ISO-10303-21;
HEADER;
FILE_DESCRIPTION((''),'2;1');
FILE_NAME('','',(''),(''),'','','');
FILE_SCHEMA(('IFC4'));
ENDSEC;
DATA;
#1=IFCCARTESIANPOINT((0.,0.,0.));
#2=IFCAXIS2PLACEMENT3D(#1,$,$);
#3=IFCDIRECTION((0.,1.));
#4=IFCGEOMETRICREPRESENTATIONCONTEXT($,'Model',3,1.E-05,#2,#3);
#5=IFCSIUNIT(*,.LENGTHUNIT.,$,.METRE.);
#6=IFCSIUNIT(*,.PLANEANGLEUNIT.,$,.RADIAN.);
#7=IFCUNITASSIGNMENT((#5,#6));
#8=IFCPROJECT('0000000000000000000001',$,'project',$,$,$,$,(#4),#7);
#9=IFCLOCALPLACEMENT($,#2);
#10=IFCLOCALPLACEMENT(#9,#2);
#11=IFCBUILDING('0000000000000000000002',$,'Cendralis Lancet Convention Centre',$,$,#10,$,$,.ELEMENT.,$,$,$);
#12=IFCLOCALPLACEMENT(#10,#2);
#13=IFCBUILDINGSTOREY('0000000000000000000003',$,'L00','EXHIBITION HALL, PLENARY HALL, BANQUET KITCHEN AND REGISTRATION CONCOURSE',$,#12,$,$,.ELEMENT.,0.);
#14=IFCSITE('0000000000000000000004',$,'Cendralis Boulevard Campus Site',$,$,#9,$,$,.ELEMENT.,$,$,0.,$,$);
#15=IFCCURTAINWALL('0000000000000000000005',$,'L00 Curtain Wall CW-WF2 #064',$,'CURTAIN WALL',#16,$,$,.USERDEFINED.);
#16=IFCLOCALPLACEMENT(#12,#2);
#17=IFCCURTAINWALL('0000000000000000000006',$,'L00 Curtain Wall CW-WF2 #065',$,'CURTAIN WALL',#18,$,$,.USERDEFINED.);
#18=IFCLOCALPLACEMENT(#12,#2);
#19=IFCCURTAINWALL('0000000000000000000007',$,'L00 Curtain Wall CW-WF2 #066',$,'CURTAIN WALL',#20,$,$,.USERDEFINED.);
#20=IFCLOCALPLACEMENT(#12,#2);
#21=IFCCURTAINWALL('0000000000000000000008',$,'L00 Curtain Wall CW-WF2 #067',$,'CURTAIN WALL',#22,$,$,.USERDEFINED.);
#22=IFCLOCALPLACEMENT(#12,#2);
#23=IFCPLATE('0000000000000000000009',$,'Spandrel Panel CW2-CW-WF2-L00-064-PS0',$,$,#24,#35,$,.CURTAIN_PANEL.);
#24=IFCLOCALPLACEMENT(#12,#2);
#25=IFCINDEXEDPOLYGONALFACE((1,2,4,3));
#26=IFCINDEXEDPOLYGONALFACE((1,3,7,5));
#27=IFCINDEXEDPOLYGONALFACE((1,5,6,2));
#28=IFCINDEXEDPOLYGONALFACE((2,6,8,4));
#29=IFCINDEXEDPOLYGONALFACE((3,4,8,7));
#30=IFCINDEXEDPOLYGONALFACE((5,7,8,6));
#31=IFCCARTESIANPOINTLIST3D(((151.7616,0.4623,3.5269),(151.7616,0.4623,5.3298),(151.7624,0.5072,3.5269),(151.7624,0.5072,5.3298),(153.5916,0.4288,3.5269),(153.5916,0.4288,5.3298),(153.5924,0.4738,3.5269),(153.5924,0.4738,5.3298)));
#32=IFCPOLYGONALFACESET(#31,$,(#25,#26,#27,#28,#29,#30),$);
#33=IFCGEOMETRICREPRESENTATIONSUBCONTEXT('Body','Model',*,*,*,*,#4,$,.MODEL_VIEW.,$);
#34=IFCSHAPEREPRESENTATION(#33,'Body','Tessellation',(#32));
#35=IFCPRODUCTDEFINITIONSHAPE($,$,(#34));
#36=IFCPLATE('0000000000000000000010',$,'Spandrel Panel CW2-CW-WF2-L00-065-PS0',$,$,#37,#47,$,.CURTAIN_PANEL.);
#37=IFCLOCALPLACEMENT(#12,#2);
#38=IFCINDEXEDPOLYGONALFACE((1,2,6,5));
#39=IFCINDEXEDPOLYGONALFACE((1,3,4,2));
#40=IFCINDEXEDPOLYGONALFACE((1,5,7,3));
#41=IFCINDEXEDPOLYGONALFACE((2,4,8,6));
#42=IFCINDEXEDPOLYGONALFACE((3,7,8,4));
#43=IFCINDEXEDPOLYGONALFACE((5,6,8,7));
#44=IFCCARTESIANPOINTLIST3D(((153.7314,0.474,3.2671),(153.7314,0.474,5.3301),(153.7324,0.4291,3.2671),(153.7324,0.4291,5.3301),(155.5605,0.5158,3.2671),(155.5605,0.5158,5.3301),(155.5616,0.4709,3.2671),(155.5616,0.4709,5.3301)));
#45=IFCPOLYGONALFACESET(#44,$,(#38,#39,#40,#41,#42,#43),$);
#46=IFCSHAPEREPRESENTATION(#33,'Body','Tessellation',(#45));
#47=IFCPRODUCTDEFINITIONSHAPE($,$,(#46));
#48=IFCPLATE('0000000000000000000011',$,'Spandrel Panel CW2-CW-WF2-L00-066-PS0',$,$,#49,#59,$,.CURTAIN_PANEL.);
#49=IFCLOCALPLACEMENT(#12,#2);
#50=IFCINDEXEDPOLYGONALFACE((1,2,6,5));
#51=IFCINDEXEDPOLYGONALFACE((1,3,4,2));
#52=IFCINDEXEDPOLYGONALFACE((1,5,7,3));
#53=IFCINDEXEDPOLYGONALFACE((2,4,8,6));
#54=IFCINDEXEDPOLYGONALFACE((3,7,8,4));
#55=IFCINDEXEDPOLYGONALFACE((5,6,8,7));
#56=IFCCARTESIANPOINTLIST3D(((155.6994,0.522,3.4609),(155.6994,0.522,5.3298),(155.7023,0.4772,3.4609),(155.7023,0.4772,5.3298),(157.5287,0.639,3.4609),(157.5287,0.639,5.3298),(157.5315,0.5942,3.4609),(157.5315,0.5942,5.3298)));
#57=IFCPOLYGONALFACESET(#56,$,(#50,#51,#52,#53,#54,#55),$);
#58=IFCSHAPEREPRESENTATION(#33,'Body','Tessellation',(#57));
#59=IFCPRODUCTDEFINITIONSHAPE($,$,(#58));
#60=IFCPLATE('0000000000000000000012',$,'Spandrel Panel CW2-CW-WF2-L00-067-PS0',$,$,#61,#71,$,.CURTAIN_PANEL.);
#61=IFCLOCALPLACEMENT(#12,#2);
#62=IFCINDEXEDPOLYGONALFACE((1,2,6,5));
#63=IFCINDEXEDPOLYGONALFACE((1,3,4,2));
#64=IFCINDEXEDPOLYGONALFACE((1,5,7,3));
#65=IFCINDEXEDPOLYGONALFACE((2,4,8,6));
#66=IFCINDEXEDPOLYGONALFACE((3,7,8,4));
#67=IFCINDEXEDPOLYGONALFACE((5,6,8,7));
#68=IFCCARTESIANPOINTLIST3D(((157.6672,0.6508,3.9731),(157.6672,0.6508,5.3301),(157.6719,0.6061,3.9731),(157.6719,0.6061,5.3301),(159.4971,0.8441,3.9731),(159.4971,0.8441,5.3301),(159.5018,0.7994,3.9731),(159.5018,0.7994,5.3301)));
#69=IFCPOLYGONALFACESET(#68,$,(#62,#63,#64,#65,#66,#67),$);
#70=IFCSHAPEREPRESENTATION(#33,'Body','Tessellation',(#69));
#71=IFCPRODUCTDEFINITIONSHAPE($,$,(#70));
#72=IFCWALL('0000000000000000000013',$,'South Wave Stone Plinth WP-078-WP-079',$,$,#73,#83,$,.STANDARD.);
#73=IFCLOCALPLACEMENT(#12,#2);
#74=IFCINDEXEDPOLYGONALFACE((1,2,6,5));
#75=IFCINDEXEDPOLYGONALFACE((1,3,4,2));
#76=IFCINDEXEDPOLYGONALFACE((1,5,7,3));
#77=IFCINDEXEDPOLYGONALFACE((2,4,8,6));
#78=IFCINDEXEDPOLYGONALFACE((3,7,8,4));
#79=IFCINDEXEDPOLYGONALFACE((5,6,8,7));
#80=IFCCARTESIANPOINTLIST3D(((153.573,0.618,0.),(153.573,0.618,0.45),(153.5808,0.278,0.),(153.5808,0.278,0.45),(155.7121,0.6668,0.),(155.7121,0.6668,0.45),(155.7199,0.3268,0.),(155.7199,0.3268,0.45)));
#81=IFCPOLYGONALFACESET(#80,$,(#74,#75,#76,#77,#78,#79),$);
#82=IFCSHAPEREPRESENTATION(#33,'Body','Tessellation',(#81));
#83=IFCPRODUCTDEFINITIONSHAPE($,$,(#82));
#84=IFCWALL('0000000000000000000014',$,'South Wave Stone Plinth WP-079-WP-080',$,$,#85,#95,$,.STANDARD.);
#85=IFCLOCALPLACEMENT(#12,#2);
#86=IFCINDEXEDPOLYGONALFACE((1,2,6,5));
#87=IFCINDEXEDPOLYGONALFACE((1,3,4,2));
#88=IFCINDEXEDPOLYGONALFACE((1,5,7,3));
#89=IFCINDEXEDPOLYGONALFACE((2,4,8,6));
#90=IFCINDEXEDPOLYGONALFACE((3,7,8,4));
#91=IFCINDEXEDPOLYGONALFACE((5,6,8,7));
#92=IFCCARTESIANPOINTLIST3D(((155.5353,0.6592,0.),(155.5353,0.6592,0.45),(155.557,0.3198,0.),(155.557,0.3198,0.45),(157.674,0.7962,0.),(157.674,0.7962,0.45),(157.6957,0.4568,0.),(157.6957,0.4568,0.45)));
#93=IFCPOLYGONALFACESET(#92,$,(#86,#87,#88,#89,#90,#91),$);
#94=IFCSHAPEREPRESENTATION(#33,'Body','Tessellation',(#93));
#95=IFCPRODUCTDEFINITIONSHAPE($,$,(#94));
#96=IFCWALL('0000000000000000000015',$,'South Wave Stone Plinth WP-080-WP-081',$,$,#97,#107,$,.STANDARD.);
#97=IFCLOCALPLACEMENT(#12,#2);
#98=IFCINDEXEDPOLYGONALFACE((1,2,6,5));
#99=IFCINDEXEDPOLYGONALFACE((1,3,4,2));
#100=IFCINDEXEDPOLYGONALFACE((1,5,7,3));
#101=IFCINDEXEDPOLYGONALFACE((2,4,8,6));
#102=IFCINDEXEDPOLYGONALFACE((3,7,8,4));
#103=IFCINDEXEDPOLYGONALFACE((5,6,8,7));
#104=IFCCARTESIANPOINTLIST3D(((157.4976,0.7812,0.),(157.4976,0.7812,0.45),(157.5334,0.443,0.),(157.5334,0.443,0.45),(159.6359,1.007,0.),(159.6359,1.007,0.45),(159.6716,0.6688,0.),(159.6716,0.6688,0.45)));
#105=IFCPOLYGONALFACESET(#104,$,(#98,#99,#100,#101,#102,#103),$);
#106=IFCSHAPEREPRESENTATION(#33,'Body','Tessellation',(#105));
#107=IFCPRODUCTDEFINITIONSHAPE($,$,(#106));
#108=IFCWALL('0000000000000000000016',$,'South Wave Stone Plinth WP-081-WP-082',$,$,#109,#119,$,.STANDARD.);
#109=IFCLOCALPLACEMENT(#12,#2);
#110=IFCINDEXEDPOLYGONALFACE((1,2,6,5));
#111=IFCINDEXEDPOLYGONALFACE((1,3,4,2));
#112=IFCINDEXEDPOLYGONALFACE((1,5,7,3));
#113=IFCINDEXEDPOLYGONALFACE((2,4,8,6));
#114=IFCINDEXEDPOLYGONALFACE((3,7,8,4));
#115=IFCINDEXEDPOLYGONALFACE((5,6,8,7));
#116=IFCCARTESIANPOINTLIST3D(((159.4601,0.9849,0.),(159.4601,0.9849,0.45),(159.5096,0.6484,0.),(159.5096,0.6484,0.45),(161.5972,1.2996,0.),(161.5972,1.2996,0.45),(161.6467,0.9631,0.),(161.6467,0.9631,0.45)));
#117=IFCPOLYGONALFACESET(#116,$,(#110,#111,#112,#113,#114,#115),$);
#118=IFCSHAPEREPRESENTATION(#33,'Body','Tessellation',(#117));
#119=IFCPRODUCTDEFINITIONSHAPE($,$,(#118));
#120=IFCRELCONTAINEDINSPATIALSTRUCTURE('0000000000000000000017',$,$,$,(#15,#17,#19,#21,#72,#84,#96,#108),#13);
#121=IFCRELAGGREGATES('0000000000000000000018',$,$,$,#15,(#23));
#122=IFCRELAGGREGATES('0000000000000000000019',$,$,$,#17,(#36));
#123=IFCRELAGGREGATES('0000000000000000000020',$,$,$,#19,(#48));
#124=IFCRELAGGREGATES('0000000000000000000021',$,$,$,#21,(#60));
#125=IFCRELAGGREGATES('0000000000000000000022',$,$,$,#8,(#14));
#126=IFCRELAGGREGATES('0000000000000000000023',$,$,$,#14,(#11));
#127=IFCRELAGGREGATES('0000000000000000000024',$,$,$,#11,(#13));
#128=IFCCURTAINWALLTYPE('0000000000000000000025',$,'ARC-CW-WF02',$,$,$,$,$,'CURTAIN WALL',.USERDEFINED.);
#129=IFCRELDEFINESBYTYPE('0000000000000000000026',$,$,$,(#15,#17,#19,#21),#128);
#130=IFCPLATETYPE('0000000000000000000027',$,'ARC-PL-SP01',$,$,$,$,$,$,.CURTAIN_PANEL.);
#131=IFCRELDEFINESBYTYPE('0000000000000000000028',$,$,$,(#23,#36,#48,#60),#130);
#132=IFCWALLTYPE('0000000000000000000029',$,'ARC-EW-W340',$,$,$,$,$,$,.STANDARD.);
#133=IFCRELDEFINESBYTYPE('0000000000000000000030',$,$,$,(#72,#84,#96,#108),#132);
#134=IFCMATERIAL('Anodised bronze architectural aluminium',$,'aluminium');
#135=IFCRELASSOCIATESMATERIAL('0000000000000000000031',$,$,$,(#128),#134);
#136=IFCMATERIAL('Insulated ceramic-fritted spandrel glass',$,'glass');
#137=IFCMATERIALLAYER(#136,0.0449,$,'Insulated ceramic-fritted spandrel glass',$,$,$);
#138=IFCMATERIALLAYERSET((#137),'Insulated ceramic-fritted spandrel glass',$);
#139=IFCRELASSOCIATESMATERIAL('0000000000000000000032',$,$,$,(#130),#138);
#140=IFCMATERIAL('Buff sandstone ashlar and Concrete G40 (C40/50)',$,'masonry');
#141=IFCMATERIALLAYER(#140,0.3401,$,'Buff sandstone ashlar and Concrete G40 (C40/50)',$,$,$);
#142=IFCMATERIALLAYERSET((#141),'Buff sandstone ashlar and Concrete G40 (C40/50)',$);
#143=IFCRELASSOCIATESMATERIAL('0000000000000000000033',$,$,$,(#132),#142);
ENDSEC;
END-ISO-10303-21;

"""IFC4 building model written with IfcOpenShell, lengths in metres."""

from ifc_helpers import new_model, si_unit, direction, frame, frame_2d, origin, origin_2d, place, context, subcontext, project, spatial, rectangle, extrude, material, layer, layer_set, type_object, element, aggregate, save


model = new_model("IFC4")

# Units and contexts
model_context = context("Model", 3, precision=1e-05, world=origin(), true_north=direction((0.0, 1.0)))
body_context = subcontext(model_context, "Body", "Model", "MODEL_VIEW")
ifc_project = project(units=[si_unit("LENGTHUNIT", "METRE"), si_unit("PLANEANGLEUNIT", "RADIAN")], contexts=[model_context])

# Site, building, storey
site_placement = place(None, origin())
site = spatial("IfcSite", under=ifc_project, at=site_placement, Name="Cendralis Boulevard Campus Site", CompositionType="ELEMENT", RefElevation=0.0)
building_placement = place(site_placement, origin())
building = spatial("IfcBuilding", under=site, at=building_placement, Name="Cendralis Lancet Convention Centre", CompositionType="ELEMENT")
storey_placement = place(building_placement, origin())
storey = spatial("IfcBuildingStorey", under=building, at=storey_placement, Name="L00", Description="EXHIBITION HALL, PLENARY HALL, BANQUET KITCHEN AND REGISTRATION CONCOURSE", CompositionType="ELEMENT", Elevation=0.0)

# Curtain wall
ifc_material_1 = material(Name="Anodised bronze architectural aluminium", Category="aluminium")
curtain_wall_type = type_object("IfcCurtainWallType", Name="ARC-CW-WF02", ElementType="CURTAIN WALL", PredefinedType="USERDEFINED", material=ifc_material_1)
curtain_wall_1_placement = place(storey_placement, origin())
curtain_wall_1 = element("IfcCurtainWall", 1, at=curtain_wall_1_placement, inside=storey, type_object=curtain_wall_type, Name="L00 Curtain Wall CW-WF2 #064", ObjectType="CURTAIN WALL", PredefinedType="USERDEFINED")

# Curtain walls
curtain_wall_2_placement = place(storey_placement, origin())
curtain_wall_2 = element("IfcCurtainWall", 2, at=curtain_wall_2_placement, inside=storey, type_object=curtain_wall_type, Name="L00 Curtain Wall CW-WF2 #065", ObjectType="CURTAIN WALL", PredefinedType="USERDEFINED")
curtain_wall_3_placement = place(storey_placement, origin())
curtain_wall_3 = element("IfcCurtainWall", 3, at=curtain_wall_3_placement, inside=storey, type_object=curtain_wall_type, Name="L00 Curtain Wall CW-WF2 #066", ObjectType="CURTAIN WALL", PredefinedType="USERDEFINED")
curtain_wall_4_placement = place(storey_placement, origin())
curtain_wall_4 = element("IfcCurtainWall", 4, at=curtain_wall_4_placement, inside=storey, type_object=curtain_wall_type, Name="L00 Curtain Wall CW-WF2 #067", ObjectType="CURTAIN WALL", PredefinedType="USERDEFINED")

# Plates
ifc_material_2 = material(Name="Insulated ceramic-fritted spandrel glass", Category="glass")
ifc_layer_1 = layer(ifc_material_2, 0.0449, Name="Insulated ceramic-fritted spandrel glass")
ifc_layer_set_1 = layer_set([ifc_layer_1], Name="Insulated ceramic-fritted spandrel glass")
plate_type_1 = type_object("IfcPlateType", Name="ARC-PL-SP01", PredefinedType="CURTAIN_PANEL", material=ifc_layer_set_1)
plate_1_placement = place(storey_placement, frame((152.677, 0.468, 3.5269), z_axis=(0.0, 0.0, 1.0), x_axis=(0.999833, -0.018271, 0.0)))
plate_1 = element("IfcPlate", 5, at=plate_1_placement, type_object=plate_type_1, Name="Spandrel Panel CW2-CW-WF2-L00-064-PS0", PredefinedType="CURTAIN_PANEL", context=body_context, shape_type="SweptSolid", body=[
    extrude(rectangle(XDim=1.8303, YDim=0.0449, at=origin_2d()), origin(), (0.0, 0.0, 1.0), 1.803),
])
aggregate(curtain_wall_1, [plate_1])
plate_2_placement = place(storey_placement, frame((154.6465, 0.4724, 3.2671), z_axis=(0.0, 0.0, 1.0), x_axis=(0.999739, 0.022848, 0.0)))
plate_2 = element("IfcPlate", 6, at=plate_2_placement, type_object=plate_type_1, Name="Spandrel Panel CW2-CW-WF2-L00-065-PS0", PredefinedType="CURTAIN_PANEL", context=body_context, shape_type="SweptSolid", body=[
    extrude(rectangle(XDim=1.8296, YDim=0.0449, at=origin_2d()), origin(), (0.0, 0.0, 1.0), 2.063),
])
aggregate(curtain_wall_2, [plate_2])
plate_3_placement = place(storey_placement, frame((156.6155, 0.5581, 3.4609), z_axis=(0.0, 0.0, 1.0), x_axis=(0.997959, 0.063861, 0.0)))
plate_3 = element("IfcPlate", 7, at=plate_3_placement, type_object=plate_type_1, Name="Spandrel Panel CW2-CW-WF2-L00-066-PS0", PredefinedType="CURTAIN_PANEL", context=body_context, shape_type="SweptSolid", body=[
    extrude(rectangle(XDim=1.833, YDim=0.0449, at=origin_2d()), origin(), (0.0, 0.0, 1.0), 1.8689),
])
aggregate(curtain_wall_3, [plate_3])
plate_4_placement = place(storey_placement, frame((158.5845, 0.7251, 3.9731), z_axis=(0.0, 0.0, 1.0), x_axis=(0.994467, 0.105053, 0.0)))
plate_4 = element("IfcPlate", 8, at=plate_4_placement, type_object=plate_type_1, Name="Spandrel Panel CW2-CW-WF2-L00-067-PS0", PredefinedType="CURTAIN_PANEL", context=body_context, shape_type="SweptSolid", body=[
    extrude(rectangle(XDim=1.8401, YDim=0.0449, at=origin_2d()), origin(), (0.0, 0.0, 1.0), 1.3569),
])
aggregate(curtain_wall_4, [plate_4])

# Walls
ifc_material_3 = material(Name="Buff sandstone ashlar and Concrete G40 (C40/50)", Category="masonry")
ifc_layer_2 = layer(ifc_material_3, 0.3401, Name="Buff sandstone ashlar and Concrete G40 (C40/50)")
ifc_layer_set_2 = layer_set([ifc_layer_2], Name="Buff sandstone ashlar and Concrete G40 (C40/50)")
wall_type = type_object("IfcWallType", Name="ARC-EW-W340", PredefinedType="STANDARD", material=ifc_layer_set_2)
wall_1_placement = place(storey_placement, frame((153.5769, 0.448, 0.0), z_axis=(0.0, 0.0, 1.0), x_axis=(0.99974, 0.02282, 0.0)))
element("IfcWall", 9, at=wall_1_placement, inside=storey, type_object=wall_type, Name="South Wave Stone Plinth WP-078-WP-079", PredefinedType="STANDARD", context=body_context, shape_type="SweptSolid", body=[
    extrude(rectangle(XDim=2.1396, YDim=0.3401, at=frame_2d((1.0698, 0.0))), origin(), (0.0, 0.0, 1.0), 0.45),
])
wall_2_placement = place(storey_placement, frame((155.5461, 0.4895, 0.0), z_axis=(0.0, 0.0, 1.0), x_axis=(0.997956, 0.06391, 0.0)))
element("IfcWall", 10, at=wall_2_placement, inside=storey, type_object=wall_type, Name="South Wave Stone Plinth WP-079-WP-080", PredefinedType="STANDARD", context=body_context, shape_type="SweptSolid", body=[
    extrude(rectangle(XDim=2.1431, YDim=0.3401, at=frame_2d((1.0715, 0.0))), origin(), (0.0, 0.0, 1.0), 0.45),
])
wall_3_placement = place(storey_placement, frame((157.5154, 0.6121, 0.0), z_axis=(0.0, 0.0, 1.0), x_axis=(0.994469, 0.105034, 0.0)))
element("IfcWall", 11, at=wall_3_placement, inside=storey, type_object=wall_type, Name="South Wave Stone Plinth WP-080-WP-081", PredefinedType="STANDARD", context=body_context, shape_type="SweptSolid", body=[
    extrude(rectangle(XDim=2.1501, YDim=0.3401, at=frame_2d((1.0752, 0.0))), origin(), (0.0, 0.0, 1.0), 0.45),
])
wall_4_placement = place(storey_placement, frame((159.4849, 0.8167, 0.0), z_axis=(0.0, 0.0, 1.0), x_axis=(0.989332, 0.145676, 0.0)))
element("IfcWall", 12, at=wall_4_placement, inside=storey, type_object=wall_type, Name="South Wave Stone Plinth WP-081-WP-082", PredefinedType="STANDARD", context=body_context, shape_type="SweptSolid", body=[
    extrude(rectangle(XDim=2.1602, YDim=0.3401, at=frame_2d((1.0801, 0.0))), origin(), (0.0, 0.0, 1.0), 0.45),
])

save(model, "model.ifc")
